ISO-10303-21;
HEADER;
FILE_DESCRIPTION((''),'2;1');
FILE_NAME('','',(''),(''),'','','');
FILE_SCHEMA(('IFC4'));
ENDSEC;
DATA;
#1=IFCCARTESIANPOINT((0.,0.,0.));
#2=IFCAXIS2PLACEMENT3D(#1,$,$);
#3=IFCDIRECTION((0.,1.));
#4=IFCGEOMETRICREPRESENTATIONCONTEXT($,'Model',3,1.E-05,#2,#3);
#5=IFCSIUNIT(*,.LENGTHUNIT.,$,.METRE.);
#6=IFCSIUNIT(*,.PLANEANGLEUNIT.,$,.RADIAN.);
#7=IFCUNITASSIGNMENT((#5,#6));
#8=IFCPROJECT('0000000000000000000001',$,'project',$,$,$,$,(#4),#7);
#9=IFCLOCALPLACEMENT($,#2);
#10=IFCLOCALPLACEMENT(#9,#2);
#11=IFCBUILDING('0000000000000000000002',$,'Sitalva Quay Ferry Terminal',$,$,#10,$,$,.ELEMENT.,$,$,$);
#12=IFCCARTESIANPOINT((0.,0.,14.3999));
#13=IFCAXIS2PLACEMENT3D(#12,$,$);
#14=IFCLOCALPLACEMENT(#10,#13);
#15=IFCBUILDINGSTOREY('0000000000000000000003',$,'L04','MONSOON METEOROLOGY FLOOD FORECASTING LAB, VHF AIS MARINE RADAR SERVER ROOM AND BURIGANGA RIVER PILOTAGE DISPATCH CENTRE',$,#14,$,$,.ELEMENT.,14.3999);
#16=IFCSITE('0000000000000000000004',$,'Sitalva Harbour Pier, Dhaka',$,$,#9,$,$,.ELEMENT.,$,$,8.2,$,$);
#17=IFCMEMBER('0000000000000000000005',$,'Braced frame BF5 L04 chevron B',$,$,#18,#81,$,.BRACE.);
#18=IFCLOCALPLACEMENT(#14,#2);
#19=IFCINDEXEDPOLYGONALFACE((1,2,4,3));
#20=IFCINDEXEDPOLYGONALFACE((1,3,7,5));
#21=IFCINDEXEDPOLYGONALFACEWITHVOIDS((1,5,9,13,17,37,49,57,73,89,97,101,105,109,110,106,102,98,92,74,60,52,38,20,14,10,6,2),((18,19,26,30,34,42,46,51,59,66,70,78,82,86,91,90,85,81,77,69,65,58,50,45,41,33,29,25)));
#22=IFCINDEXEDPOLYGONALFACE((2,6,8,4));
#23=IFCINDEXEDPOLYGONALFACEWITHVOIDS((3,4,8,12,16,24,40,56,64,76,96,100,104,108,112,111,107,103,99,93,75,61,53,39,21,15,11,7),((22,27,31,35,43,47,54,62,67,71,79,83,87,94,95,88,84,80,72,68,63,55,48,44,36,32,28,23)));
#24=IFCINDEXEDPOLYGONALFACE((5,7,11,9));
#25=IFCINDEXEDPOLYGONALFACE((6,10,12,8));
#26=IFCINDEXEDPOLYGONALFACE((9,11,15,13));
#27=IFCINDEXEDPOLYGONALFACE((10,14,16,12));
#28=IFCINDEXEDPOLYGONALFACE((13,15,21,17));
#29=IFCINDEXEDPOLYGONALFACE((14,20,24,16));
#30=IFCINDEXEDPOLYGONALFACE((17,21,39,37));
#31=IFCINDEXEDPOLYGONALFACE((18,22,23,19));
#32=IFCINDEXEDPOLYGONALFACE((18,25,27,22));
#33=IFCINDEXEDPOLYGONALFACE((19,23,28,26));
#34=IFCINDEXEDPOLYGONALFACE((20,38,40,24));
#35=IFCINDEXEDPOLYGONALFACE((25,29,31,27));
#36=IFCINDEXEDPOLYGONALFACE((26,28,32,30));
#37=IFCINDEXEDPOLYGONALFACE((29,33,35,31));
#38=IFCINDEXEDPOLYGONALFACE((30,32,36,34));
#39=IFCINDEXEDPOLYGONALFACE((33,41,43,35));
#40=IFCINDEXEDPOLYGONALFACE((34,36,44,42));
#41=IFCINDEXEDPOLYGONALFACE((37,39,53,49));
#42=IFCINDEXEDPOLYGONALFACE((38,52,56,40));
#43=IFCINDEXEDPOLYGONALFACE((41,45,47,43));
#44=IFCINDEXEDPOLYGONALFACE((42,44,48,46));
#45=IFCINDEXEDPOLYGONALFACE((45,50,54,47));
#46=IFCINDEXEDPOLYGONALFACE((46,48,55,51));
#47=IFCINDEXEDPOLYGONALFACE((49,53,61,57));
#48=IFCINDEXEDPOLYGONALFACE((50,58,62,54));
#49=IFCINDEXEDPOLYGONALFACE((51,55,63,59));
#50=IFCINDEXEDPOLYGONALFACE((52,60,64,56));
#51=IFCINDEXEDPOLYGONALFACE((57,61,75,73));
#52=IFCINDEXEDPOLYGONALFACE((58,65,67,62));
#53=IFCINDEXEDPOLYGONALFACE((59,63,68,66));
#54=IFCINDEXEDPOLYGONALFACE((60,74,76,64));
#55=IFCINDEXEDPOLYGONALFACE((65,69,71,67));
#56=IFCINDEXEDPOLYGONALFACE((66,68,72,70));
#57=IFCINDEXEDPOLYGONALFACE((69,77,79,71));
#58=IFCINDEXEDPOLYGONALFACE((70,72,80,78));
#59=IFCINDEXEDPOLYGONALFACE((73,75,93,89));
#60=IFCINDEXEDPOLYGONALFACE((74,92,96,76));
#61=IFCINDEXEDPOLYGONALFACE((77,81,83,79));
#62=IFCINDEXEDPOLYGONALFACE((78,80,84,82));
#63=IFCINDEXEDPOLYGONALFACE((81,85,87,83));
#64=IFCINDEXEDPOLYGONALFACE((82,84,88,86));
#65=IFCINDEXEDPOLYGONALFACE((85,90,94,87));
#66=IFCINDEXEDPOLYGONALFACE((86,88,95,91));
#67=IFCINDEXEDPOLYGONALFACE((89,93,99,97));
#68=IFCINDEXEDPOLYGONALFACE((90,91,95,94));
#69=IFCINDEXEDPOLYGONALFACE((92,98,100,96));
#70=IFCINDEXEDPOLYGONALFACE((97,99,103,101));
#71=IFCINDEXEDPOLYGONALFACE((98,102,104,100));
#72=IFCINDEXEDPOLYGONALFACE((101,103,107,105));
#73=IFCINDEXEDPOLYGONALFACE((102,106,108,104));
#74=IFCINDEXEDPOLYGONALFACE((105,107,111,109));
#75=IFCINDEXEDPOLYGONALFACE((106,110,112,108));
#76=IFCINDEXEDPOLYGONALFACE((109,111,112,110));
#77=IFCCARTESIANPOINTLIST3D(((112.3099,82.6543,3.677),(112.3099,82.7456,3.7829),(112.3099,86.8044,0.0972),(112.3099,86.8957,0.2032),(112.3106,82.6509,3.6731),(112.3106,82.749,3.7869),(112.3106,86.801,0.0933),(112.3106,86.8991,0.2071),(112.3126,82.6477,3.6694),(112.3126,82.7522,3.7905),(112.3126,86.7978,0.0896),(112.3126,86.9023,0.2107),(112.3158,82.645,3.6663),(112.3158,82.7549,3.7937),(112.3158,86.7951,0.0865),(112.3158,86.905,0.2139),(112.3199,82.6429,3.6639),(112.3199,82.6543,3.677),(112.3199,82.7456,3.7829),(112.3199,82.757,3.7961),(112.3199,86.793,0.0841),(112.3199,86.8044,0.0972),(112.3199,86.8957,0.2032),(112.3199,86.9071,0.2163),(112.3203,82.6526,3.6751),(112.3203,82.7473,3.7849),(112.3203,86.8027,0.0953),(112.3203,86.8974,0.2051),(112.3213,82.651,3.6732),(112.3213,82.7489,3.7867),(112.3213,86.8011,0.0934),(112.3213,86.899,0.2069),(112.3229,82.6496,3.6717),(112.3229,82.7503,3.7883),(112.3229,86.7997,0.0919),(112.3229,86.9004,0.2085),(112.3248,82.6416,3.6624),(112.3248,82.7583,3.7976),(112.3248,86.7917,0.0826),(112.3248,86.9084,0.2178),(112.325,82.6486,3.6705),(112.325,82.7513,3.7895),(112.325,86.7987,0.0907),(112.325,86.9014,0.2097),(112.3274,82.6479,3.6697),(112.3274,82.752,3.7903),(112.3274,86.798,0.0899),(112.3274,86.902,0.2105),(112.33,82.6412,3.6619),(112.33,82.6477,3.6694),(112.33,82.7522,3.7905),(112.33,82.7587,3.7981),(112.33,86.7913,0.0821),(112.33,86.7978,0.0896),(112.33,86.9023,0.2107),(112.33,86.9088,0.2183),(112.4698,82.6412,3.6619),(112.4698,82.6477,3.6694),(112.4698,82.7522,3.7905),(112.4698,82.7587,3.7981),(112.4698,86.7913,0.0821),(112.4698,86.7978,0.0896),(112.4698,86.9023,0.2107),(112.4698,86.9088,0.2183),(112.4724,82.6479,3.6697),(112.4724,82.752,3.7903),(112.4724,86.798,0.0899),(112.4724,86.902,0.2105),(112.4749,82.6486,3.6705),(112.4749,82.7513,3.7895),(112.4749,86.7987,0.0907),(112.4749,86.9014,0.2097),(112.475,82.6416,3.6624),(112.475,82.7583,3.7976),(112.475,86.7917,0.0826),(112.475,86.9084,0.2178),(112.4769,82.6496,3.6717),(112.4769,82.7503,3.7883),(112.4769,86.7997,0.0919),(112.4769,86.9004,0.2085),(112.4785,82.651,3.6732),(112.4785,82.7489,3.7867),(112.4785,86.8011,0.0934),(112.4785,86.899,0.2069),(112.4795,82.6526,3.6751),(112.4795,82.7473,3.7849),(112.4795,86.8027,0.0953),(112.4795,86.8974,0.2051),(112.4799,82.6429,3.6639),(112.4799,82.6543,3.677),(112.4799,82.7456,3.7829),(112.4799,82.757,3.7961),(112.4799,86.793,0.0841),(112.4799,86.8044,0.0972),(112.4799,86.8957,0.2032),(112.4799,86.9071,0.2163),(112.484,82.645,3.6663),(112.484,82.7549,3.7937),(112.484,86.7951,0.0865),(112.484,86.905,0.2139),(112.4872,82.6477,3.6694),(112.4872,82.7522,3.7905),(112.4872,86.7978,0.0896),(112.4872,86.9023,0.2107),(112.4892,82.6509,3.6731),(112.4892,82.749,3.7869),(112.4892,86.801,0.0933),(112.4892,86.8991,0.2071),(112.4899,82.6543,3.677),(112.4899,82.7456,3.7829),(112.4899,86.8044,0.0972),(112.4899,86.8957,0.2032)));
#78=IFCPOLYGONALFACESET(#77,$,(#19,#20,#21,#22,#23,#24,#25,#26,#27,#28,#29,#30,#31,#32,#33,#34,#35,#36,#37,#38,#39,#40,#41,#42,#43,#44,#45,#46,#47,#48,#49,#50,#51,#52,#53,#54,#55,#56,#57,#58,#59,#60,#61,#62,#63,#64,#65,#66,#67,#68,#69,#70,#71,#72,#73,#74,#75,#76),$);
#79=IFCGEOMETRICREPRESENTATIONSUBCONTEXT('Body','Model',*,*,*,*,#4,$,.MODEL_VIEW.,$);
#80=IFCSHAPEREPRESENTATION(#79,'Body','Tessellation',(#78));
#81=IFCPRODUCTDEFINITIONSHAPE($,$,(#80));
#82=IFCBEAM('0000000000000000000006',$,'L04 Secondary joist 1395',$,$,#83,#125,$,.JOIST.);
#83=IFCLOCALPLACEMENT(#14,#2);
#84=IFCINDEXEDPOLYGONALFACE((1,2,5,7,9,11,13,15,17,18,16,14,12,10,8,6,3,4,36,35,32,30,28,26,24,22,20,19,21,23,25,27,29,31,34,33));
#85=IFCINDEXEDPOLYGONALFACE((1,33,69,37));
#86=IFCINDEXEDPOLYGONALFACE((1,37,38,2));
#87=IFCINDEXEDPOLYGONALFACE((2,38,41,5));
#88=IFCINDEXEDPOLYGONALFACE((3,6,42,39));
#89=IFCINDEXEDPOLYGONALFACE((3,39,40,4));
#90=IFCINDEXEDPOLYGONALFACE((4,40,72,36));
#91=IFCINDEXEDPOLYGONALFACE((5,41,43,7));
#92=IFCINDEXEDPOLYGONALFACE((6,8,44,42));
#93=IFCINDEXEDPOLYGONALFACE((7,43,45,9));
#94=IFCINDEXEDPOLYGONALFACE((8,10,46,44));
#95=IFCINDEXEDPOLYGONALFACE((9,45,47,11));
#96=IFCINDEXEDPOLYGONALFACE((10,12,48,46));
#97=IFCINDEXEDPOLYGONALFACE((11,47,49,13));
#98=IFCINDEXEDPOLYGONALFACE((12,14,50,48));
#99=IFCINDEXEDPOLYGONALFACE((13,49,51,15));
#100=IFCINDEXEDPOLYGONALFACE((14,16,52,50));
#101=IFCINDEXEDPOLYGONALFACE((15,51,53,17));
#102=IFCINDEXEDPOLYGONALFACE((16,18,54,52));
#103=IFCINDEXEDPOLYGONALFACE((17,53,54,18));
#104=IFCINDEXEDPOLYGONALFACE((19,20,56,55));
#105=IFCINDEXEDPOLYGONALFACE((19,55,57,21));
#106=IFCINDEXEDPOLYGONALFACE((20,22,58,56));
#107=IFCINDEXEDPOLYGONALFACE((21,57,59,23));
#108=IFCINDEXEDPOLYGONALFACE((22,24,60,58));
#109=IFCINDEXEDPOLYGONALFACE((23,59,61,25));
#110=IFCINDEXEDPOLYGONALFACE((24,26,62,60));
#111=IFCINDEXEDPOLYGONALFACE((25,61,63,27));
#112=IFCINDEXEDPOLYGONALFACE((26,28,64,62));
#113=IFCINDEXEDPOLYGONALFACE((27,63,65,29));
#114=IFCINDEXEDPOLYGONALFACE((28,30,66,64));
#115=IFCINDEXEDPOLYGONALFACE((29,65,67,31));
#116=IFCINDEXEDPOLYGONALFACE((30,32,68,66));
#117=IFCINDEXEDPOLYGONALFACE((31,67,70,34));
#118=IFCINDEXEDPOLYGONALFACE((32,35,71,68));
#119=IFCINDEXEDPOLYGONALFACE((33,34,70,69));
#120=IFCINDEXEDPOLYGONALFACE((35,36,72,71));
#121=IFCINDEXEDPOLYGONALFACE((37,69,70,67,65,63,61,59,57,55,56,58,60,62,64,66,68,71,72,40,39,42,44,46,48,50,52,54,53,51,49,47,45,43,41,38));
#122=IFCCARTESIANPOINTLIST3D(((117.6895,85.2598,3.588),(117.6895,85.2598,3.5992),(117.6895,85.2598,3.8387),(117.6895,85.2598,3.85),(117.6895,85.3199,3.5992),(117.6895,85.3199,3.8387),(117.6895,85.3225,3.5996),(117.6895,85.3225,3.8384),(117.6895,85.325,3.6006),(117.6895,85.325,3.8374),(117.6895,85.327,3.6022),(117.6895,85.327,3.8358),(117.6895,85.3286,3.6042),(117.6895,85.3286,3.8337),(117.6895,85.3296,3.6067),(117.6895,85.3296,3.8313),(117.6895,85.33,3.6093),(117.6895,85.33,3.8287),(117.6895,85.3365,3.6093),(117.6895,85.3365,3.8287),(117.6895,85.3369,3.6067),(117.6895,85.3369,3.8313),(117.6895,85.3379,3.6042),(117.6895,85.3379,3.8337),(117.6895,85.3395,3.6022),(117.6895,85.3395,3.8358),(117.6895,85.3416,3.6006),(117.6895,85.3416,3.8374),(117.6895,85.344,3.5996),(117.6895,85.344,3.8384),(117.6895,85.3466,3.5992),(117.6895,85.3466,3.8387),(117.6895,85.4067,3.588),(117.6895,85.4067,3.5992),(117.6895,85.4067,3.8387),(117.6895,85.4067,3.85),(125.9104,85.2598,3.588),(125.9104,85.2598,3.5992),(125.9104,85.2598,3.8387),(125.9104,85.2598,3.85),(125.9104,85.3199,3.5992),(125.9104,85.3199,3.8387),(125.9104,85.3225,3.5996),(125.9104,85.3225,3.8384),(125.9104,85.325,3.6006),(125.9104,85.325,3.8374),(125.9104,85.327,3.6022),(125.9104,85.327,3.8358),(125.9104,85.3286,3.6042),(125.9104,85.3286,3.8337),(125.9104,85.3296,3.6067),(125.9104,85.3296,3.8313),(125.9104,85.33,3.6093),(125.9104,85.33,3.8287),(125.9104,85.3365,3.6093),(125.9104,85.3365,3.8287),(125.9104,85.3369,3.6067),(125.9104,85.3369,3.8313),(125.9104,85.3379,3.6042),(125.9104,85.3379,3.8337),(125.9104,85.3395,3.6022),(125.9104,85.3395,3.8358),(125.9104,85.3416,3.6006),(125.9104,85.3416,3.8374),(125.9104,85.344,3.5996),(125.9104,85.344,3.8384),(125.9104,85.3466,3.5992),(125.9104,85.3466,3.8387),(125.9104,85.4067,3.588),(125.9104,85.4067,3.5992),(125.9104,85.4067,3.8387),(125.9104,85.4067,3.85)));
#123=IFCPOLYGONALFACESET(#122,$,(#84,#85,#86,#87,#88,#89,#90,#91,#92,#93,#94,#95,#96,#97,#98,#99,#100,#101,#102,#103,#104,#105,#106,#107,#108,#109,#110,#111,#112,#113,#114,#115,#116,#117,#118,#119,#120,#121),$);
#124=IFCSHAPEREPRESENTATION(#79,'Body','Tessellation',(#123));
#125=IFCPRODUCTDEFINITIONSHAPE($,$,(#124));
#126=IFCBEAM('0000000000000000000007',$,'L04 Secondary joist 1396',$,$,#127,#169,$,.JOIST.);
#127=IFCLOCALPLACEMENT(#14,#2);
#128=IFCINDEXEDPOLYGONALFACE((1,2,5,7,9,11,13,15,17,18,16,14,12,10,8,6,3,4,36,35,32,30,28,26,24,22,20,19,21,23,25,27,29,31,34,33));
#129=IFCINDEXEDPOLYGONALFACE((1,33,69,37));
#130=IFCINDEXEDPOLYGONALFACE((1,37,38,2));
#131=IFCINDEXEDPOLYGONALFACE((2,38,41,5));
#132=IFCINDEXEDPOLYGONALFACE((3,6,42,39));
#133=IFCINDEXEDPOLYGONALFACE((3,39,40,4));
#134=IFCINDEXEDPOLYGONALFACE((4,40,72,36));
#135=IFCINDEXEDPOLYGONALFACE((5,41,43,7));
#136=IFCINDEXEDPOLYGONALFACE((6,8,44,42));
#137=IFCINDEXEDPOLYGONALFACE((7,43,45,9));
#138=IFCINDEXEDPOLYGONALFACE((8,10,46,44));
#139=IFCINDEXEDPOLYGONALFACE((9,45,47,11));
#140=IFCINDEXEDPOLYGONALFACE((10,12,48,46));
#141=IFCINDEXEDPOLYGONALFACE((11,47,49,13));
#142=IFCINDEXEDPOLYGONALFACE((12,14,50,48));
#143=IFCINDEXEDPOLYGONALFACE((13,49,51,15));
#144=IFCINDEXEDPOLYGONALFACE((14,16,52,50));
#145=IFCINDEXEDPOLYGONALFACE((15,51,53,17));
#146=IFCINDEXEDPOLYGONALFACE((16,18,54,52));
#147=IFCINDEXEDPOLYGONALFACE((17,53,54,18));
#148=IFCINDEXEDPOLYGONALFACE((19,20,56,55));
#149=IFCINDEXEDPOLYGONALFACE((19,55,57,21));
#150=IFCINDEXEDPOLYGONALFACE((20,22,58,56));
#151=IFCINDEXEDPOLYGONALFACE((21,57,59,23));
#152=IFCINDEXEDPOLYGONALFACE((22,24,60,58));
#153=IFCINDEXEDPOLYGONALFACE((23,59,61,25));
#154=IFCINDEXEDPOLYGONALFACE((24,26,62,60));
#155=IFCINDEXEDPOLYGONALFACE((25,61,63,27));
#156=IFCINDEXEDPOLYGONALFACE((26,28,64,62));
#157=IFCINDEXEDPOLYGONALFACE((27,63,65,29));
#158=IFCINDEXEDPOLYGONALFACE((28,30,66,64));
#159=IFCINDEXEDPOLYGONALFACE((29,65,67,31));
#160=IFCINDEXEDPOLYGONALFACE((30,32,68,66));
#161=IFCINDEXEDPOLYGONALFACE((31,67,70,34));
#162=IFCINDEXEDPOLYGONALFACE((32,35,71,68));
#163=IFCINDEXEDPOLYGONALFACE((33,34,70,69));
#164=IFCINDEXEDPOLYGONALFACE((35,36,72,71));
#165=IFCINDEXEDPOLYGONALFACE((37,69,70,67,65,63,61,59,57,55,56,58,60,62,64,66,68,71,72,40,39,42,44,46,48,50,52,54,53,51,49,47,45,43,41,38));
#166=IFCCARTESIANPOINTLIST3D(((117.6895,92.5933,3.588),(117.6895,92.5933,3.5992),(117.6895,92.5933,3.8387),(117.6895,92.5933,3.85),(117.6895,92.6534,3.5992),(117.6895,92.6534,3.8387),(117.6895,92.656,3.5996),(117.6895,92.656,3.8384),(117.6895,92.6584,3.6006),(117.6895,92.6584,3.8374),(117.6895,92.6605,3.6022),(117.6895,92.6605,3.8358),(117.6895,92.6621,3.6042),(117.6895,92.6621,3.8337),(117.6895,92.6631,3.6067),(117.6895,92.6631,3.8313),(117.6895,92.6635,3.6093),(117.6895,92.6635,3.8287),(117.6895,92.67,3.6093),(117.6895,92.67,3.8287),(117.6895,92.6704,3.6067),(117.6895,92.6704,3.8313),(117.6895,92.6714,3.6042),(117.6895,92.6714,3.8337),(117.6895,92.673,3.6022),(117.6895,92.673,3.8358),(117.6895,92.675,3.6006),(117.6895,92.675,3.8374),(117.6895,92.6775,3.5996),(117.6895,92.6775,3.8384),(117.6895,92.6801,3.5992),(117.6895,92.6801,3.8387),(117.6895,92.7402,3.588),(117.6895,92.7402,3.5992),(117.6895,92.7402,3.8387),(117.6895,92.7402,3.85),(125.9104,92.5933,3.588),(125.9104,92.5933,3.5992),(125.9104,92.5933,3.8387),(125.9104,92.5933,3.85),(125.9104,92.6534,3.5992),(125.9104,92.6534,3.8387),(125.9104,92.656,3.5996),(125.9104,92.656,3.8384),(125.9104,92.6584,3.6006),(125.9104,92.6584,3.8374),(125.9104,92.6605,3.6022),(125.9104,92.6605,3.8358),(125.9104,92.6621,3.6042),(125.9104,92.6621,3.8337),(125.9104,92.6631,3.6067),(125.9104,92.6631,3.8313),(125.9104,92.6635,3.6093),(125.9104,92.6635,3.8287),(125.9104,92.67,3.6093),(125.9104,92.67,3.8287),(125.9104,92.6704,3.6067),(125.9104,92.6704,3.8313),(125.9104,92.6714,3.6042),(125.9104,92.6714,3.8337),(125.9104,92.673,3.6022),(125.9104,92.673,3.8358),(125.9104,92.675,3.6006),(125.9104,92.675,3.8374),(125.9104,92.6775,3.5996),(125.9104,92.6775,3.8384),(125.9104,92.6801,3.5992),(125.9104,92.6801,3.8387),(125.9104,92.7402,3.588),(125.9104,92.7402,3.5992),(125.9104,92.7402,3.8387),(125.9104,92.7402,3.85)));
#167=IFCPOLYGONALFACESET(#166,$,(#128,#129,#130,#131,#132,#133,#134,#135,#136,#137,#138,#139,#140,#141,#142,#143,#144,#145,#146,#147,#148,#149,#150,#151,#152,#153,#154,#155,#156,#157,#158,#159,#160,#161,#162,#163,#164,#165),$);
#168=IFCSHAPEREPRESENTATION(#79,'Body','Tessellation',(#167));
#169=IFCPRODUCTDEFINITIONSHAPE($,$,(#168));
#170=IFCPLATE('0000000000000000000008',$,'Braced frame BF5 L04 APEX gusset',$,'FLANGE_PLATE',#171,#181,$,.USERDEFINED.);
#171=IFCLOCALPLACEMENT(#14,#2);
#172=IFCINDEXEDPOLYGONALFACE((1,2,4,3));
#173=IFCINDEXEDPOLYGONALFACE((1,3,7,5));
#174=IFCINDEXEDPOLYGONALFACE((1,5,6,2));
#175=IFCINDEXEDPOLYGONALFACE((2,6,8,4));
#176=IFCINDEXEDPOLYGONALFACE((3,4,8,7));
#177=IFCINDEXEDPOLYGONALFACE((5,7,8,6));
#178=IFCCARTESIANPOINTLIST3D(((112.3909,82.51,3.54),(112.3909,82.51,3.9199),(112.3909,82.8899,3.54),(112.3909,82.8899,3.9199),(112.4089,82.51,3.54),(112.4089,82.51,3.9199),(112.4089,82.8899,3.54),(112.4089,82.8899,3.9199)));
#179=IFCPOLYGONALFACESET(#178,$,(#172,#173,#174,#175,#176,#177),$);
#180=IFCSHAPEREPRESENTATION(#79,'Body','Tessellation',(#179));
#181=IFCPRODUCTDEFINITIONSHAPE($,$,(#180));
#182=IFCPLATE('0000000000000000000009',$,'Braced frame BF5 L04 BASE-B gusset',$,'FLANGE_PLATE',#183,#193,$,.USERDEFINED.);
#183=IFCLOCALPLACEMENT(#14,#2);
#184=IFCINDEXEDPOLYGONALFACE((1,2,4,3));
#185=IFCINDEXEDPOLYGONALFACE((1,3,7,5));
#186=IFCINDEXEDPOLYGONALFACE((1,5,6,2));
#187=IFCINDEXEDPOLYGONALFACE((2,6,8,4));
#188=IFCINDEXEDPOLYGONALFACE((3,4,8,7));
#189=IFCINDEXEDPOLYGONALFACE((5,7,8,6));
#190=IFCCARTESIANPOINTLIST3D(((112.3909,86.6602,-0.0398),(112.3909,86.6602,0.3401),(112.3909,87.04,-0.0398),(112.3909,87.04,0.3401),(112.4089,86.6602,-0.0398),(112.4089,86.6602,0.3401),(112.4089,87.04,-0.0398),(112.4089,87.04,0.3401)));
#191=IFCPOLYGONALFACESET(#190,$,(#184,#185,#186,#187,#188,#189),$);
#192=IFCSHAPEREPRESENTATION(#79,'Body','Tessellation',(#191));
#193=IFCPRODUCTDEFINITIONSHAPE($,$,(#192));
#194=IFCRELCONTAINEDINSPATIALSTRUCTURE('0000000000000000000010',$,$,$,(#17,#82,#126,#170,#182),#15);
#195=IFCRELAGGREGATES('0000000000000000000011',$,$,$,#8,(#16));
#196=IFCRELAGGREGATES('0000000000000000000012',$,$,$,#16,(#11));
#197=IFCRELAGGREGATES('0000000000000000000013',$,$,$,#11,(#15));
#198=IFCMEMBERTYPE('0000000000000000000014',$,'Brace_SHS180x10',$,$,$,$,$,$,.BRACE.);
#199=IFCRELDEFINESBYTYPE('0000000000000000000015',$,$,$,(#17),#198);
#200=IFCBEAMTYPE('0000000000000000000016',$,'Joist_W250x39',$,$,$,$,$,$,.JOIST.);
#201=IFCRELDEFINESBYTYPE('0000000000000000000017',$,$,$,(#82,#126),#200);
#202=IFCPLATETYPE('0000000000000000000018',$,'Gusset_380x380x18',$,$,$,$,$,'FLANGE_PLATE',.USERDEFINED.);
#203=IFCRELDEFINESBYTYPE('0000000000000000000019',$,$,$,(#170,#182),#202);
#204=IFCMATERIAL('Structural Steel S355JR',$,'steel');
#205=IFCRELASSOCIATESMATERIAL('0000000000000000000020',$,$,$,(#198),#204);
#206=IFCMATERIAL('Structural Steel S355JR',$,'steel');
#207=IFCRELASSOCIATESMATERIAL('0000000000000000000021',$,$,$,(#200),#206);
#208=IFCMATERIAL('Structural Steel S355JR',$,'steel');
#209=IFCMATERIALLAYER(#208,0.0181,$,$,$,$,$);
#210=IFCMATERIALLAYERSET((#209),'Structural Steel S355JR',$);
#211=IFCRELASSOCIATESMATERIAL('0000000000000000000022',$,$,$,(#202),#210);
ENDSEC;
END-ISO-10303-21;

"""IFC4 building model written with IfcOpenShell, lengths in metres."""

from ifc_helpers import new_model, si_unit, direction, frame, origin, origin_2d, place, context, subcontext, project, spatial, rectangle, hollow_rectangle, i_section, extrude, material, layer, layer_set, material_profile, profile_set, type_object, element, save


model = new_model("IFC4")

# Units and contexts
model_context = context("Model", 3, precision=1e-05, world=origin(), true_north=direction((0.0, 1.0)))
body_context = subcontext(model_context, "Body", "Model", "MODEL_VIEW")
ifc_project = project(units=[si_unit("LENGTHUNIT", "METRE"), si_unit("PLANEANGLEUNIT", "RADIAN")], contexts=[model_context])

# Site, building, storey
site_placement = place(None, origin())
site = spatial("IfcSite", under=ifc_project, at=site_placement, Name="Sitalva Harbour Pier, Dhaka", CompositionType="ELEMENT", RefElevation=8.2)
building_placement = place(site_placement, origin())
building = spatial("IfcBuilding", under=site, at=building_placement, Name="Sitalva Quay Ferry Terminal", CompositionType="ELEMENT")
storey_placement = place(building_placement, frame((0.0, 0.0, 14.3999)))
storey = spatial("IfcBuildingStorey", under=building, at=storey_placement, Name="L04", Description="MONSOON METEOROLOGY FLOOD FORECASTING LAB, VHF AIS MARINE RADAR SERVER ROOM AND BURIGANGA RIVER PILOTAGE DISPATCH CENTRE", CompositionType="ELEMENT", Elevation=14.3999)

# Member
ifc_material_1 = material(Name="Structural Steel S355JR", Category="steel")
ifc_material_profile_1 = material_profile(ifc_material_1, hollow_rectangle(XDim=0.1799, YDim=0.1799, WallThickness=0.01, InnerFilletRadius=0.01, OuterFilletRadius=0.02, at=origin_2d()), Name="SHS180x180x10")
ifc_profile_set_1 = profile_set([ifc_material_profile_1], Name="Structural Steel S355JR")
member_type = type_object("IfcMemberType", Name="Brace_SHS180x10", PredefinedType="BRACE", material=ifc_profile_set_1)
member_placement = place(storey_placement, frame((112.3999, 82.7, 3.73), z_axis=(0.0, 0.757219, -0.653162), x_axis=(-1.0, 0.0, 0.0)))
element("IfcMember", 1, at=member_placement, inside=storey, type_object=member_type, Name="Braced frame BF5 L04 chevron B", PredefinedType="BRACE", context=body_context, shape_type="SweptSolid", body=[
    extrude(hollow_rectangle(XDim=0.1799, YDim=0.1799, WallThickness=0.01, InnerFilletRadius=0.01, OuterFilletRadius=0.02, at=origin_2d()), origin(), (0.0, 0.0, 1.0), 5.4807),
])

# Beams
ifc_material_2 = material(Name="Structural Steel S355JR", Category="steel")
ifc_material_profile_2 = material_profile(ifc_material_2, i_section(OverallWidth=0.147, OverallDepth=0.262, WebThickness=0.0066, FlangeThickness=0.0112, FilletRadius=0.01, at=origin_2d()), Name="W250x39")
ifc_profile_set_2 = profile_set([ifc_material_profile_2], Name="Structural Steel S355JR")
beam_type_1 = type_object("IfcBeamType", Name="Joist_W250x39", PredefinedType="JOIST", material=ifc_profile_set_2)
for number, where, z_axis, x_axis, name in (
    (2, (117.6895, 85.3333, 3.719), (1.0, 0.0, 0.0), (0.0, 1.0, 0.0), "L04 Secondary joist 1395"),
    (3, (117.6895, 92.6667, 3.719), (1.0, 0.0, 0.0), (0.0, 1.0, 0.0), "L04 Secondary joist 1396"),
):
    element("IfcBeam", number, at=place(storey_placement, frame(where, z_axis=z_axis, x_axis=x_axis)), inside=storey, type_object=beam_type_1, Name=name, PredefinedType="JOIST", context=body_context, shape_type="SweptSolid", body=[
        extrude(i_section(OverallWidth=0.147, OverallDepth=0.262, WebThickness=0.0066, FlangeThickness=0.0112, FilletRadius=0.01, at=origin_2d()), origin(), (0.0, 0.0, 1.0), 8.2209),
    ])

# Plates
ifc_material_3 = material(Name="Structural Steel S355JR", Category="steel")
ifc_layer_1 = layer(ifc_material_3, 0.0181)
ifc_layer_set_1 = layer_set([ifc_layer_1], Name="Structural Steel S355JR")
plate_type = type_object("IfcPlateType", Name="Gusset_380x380x18", ElementType="FLANGE_PLATE", PredefinedType="USERDEFINED", material=ifc_layer_set_1)
for number, where, z_axis, x_axis, name in (
    (4, (112.3999, 82.7, 3.54), (0.0, 0.0, 1.0), (1.0, 0.0, 0.0), "Braced frame BF5 L04 APEX gusset"),
    (5, (112.3999, 86.8501, -0.0398), (0.0, 0.0, 1.0), (1.0, 0.0, 0.0), "Braced frame BF5 L04 BASE-B gusset"),
):
    element("IfcPlate", number, at=place(storey_placement, frame(where, z_axis=z_axis, x_axis=x_axis)), inside=storey, type_object=plate_type, Name=name, ObjectType="FLANGE_PLATE", PredefinedType="USERDEFINED", context=body_context, shape_type="SweptSolid", body=[
        extrude(rectangle(XDim=0.0181, YDim=0.3799, at=origin_2d()), origin(), (0.0, 0.0, 1.0), 0.3799),
    ])

save(model, "model.ifc")
